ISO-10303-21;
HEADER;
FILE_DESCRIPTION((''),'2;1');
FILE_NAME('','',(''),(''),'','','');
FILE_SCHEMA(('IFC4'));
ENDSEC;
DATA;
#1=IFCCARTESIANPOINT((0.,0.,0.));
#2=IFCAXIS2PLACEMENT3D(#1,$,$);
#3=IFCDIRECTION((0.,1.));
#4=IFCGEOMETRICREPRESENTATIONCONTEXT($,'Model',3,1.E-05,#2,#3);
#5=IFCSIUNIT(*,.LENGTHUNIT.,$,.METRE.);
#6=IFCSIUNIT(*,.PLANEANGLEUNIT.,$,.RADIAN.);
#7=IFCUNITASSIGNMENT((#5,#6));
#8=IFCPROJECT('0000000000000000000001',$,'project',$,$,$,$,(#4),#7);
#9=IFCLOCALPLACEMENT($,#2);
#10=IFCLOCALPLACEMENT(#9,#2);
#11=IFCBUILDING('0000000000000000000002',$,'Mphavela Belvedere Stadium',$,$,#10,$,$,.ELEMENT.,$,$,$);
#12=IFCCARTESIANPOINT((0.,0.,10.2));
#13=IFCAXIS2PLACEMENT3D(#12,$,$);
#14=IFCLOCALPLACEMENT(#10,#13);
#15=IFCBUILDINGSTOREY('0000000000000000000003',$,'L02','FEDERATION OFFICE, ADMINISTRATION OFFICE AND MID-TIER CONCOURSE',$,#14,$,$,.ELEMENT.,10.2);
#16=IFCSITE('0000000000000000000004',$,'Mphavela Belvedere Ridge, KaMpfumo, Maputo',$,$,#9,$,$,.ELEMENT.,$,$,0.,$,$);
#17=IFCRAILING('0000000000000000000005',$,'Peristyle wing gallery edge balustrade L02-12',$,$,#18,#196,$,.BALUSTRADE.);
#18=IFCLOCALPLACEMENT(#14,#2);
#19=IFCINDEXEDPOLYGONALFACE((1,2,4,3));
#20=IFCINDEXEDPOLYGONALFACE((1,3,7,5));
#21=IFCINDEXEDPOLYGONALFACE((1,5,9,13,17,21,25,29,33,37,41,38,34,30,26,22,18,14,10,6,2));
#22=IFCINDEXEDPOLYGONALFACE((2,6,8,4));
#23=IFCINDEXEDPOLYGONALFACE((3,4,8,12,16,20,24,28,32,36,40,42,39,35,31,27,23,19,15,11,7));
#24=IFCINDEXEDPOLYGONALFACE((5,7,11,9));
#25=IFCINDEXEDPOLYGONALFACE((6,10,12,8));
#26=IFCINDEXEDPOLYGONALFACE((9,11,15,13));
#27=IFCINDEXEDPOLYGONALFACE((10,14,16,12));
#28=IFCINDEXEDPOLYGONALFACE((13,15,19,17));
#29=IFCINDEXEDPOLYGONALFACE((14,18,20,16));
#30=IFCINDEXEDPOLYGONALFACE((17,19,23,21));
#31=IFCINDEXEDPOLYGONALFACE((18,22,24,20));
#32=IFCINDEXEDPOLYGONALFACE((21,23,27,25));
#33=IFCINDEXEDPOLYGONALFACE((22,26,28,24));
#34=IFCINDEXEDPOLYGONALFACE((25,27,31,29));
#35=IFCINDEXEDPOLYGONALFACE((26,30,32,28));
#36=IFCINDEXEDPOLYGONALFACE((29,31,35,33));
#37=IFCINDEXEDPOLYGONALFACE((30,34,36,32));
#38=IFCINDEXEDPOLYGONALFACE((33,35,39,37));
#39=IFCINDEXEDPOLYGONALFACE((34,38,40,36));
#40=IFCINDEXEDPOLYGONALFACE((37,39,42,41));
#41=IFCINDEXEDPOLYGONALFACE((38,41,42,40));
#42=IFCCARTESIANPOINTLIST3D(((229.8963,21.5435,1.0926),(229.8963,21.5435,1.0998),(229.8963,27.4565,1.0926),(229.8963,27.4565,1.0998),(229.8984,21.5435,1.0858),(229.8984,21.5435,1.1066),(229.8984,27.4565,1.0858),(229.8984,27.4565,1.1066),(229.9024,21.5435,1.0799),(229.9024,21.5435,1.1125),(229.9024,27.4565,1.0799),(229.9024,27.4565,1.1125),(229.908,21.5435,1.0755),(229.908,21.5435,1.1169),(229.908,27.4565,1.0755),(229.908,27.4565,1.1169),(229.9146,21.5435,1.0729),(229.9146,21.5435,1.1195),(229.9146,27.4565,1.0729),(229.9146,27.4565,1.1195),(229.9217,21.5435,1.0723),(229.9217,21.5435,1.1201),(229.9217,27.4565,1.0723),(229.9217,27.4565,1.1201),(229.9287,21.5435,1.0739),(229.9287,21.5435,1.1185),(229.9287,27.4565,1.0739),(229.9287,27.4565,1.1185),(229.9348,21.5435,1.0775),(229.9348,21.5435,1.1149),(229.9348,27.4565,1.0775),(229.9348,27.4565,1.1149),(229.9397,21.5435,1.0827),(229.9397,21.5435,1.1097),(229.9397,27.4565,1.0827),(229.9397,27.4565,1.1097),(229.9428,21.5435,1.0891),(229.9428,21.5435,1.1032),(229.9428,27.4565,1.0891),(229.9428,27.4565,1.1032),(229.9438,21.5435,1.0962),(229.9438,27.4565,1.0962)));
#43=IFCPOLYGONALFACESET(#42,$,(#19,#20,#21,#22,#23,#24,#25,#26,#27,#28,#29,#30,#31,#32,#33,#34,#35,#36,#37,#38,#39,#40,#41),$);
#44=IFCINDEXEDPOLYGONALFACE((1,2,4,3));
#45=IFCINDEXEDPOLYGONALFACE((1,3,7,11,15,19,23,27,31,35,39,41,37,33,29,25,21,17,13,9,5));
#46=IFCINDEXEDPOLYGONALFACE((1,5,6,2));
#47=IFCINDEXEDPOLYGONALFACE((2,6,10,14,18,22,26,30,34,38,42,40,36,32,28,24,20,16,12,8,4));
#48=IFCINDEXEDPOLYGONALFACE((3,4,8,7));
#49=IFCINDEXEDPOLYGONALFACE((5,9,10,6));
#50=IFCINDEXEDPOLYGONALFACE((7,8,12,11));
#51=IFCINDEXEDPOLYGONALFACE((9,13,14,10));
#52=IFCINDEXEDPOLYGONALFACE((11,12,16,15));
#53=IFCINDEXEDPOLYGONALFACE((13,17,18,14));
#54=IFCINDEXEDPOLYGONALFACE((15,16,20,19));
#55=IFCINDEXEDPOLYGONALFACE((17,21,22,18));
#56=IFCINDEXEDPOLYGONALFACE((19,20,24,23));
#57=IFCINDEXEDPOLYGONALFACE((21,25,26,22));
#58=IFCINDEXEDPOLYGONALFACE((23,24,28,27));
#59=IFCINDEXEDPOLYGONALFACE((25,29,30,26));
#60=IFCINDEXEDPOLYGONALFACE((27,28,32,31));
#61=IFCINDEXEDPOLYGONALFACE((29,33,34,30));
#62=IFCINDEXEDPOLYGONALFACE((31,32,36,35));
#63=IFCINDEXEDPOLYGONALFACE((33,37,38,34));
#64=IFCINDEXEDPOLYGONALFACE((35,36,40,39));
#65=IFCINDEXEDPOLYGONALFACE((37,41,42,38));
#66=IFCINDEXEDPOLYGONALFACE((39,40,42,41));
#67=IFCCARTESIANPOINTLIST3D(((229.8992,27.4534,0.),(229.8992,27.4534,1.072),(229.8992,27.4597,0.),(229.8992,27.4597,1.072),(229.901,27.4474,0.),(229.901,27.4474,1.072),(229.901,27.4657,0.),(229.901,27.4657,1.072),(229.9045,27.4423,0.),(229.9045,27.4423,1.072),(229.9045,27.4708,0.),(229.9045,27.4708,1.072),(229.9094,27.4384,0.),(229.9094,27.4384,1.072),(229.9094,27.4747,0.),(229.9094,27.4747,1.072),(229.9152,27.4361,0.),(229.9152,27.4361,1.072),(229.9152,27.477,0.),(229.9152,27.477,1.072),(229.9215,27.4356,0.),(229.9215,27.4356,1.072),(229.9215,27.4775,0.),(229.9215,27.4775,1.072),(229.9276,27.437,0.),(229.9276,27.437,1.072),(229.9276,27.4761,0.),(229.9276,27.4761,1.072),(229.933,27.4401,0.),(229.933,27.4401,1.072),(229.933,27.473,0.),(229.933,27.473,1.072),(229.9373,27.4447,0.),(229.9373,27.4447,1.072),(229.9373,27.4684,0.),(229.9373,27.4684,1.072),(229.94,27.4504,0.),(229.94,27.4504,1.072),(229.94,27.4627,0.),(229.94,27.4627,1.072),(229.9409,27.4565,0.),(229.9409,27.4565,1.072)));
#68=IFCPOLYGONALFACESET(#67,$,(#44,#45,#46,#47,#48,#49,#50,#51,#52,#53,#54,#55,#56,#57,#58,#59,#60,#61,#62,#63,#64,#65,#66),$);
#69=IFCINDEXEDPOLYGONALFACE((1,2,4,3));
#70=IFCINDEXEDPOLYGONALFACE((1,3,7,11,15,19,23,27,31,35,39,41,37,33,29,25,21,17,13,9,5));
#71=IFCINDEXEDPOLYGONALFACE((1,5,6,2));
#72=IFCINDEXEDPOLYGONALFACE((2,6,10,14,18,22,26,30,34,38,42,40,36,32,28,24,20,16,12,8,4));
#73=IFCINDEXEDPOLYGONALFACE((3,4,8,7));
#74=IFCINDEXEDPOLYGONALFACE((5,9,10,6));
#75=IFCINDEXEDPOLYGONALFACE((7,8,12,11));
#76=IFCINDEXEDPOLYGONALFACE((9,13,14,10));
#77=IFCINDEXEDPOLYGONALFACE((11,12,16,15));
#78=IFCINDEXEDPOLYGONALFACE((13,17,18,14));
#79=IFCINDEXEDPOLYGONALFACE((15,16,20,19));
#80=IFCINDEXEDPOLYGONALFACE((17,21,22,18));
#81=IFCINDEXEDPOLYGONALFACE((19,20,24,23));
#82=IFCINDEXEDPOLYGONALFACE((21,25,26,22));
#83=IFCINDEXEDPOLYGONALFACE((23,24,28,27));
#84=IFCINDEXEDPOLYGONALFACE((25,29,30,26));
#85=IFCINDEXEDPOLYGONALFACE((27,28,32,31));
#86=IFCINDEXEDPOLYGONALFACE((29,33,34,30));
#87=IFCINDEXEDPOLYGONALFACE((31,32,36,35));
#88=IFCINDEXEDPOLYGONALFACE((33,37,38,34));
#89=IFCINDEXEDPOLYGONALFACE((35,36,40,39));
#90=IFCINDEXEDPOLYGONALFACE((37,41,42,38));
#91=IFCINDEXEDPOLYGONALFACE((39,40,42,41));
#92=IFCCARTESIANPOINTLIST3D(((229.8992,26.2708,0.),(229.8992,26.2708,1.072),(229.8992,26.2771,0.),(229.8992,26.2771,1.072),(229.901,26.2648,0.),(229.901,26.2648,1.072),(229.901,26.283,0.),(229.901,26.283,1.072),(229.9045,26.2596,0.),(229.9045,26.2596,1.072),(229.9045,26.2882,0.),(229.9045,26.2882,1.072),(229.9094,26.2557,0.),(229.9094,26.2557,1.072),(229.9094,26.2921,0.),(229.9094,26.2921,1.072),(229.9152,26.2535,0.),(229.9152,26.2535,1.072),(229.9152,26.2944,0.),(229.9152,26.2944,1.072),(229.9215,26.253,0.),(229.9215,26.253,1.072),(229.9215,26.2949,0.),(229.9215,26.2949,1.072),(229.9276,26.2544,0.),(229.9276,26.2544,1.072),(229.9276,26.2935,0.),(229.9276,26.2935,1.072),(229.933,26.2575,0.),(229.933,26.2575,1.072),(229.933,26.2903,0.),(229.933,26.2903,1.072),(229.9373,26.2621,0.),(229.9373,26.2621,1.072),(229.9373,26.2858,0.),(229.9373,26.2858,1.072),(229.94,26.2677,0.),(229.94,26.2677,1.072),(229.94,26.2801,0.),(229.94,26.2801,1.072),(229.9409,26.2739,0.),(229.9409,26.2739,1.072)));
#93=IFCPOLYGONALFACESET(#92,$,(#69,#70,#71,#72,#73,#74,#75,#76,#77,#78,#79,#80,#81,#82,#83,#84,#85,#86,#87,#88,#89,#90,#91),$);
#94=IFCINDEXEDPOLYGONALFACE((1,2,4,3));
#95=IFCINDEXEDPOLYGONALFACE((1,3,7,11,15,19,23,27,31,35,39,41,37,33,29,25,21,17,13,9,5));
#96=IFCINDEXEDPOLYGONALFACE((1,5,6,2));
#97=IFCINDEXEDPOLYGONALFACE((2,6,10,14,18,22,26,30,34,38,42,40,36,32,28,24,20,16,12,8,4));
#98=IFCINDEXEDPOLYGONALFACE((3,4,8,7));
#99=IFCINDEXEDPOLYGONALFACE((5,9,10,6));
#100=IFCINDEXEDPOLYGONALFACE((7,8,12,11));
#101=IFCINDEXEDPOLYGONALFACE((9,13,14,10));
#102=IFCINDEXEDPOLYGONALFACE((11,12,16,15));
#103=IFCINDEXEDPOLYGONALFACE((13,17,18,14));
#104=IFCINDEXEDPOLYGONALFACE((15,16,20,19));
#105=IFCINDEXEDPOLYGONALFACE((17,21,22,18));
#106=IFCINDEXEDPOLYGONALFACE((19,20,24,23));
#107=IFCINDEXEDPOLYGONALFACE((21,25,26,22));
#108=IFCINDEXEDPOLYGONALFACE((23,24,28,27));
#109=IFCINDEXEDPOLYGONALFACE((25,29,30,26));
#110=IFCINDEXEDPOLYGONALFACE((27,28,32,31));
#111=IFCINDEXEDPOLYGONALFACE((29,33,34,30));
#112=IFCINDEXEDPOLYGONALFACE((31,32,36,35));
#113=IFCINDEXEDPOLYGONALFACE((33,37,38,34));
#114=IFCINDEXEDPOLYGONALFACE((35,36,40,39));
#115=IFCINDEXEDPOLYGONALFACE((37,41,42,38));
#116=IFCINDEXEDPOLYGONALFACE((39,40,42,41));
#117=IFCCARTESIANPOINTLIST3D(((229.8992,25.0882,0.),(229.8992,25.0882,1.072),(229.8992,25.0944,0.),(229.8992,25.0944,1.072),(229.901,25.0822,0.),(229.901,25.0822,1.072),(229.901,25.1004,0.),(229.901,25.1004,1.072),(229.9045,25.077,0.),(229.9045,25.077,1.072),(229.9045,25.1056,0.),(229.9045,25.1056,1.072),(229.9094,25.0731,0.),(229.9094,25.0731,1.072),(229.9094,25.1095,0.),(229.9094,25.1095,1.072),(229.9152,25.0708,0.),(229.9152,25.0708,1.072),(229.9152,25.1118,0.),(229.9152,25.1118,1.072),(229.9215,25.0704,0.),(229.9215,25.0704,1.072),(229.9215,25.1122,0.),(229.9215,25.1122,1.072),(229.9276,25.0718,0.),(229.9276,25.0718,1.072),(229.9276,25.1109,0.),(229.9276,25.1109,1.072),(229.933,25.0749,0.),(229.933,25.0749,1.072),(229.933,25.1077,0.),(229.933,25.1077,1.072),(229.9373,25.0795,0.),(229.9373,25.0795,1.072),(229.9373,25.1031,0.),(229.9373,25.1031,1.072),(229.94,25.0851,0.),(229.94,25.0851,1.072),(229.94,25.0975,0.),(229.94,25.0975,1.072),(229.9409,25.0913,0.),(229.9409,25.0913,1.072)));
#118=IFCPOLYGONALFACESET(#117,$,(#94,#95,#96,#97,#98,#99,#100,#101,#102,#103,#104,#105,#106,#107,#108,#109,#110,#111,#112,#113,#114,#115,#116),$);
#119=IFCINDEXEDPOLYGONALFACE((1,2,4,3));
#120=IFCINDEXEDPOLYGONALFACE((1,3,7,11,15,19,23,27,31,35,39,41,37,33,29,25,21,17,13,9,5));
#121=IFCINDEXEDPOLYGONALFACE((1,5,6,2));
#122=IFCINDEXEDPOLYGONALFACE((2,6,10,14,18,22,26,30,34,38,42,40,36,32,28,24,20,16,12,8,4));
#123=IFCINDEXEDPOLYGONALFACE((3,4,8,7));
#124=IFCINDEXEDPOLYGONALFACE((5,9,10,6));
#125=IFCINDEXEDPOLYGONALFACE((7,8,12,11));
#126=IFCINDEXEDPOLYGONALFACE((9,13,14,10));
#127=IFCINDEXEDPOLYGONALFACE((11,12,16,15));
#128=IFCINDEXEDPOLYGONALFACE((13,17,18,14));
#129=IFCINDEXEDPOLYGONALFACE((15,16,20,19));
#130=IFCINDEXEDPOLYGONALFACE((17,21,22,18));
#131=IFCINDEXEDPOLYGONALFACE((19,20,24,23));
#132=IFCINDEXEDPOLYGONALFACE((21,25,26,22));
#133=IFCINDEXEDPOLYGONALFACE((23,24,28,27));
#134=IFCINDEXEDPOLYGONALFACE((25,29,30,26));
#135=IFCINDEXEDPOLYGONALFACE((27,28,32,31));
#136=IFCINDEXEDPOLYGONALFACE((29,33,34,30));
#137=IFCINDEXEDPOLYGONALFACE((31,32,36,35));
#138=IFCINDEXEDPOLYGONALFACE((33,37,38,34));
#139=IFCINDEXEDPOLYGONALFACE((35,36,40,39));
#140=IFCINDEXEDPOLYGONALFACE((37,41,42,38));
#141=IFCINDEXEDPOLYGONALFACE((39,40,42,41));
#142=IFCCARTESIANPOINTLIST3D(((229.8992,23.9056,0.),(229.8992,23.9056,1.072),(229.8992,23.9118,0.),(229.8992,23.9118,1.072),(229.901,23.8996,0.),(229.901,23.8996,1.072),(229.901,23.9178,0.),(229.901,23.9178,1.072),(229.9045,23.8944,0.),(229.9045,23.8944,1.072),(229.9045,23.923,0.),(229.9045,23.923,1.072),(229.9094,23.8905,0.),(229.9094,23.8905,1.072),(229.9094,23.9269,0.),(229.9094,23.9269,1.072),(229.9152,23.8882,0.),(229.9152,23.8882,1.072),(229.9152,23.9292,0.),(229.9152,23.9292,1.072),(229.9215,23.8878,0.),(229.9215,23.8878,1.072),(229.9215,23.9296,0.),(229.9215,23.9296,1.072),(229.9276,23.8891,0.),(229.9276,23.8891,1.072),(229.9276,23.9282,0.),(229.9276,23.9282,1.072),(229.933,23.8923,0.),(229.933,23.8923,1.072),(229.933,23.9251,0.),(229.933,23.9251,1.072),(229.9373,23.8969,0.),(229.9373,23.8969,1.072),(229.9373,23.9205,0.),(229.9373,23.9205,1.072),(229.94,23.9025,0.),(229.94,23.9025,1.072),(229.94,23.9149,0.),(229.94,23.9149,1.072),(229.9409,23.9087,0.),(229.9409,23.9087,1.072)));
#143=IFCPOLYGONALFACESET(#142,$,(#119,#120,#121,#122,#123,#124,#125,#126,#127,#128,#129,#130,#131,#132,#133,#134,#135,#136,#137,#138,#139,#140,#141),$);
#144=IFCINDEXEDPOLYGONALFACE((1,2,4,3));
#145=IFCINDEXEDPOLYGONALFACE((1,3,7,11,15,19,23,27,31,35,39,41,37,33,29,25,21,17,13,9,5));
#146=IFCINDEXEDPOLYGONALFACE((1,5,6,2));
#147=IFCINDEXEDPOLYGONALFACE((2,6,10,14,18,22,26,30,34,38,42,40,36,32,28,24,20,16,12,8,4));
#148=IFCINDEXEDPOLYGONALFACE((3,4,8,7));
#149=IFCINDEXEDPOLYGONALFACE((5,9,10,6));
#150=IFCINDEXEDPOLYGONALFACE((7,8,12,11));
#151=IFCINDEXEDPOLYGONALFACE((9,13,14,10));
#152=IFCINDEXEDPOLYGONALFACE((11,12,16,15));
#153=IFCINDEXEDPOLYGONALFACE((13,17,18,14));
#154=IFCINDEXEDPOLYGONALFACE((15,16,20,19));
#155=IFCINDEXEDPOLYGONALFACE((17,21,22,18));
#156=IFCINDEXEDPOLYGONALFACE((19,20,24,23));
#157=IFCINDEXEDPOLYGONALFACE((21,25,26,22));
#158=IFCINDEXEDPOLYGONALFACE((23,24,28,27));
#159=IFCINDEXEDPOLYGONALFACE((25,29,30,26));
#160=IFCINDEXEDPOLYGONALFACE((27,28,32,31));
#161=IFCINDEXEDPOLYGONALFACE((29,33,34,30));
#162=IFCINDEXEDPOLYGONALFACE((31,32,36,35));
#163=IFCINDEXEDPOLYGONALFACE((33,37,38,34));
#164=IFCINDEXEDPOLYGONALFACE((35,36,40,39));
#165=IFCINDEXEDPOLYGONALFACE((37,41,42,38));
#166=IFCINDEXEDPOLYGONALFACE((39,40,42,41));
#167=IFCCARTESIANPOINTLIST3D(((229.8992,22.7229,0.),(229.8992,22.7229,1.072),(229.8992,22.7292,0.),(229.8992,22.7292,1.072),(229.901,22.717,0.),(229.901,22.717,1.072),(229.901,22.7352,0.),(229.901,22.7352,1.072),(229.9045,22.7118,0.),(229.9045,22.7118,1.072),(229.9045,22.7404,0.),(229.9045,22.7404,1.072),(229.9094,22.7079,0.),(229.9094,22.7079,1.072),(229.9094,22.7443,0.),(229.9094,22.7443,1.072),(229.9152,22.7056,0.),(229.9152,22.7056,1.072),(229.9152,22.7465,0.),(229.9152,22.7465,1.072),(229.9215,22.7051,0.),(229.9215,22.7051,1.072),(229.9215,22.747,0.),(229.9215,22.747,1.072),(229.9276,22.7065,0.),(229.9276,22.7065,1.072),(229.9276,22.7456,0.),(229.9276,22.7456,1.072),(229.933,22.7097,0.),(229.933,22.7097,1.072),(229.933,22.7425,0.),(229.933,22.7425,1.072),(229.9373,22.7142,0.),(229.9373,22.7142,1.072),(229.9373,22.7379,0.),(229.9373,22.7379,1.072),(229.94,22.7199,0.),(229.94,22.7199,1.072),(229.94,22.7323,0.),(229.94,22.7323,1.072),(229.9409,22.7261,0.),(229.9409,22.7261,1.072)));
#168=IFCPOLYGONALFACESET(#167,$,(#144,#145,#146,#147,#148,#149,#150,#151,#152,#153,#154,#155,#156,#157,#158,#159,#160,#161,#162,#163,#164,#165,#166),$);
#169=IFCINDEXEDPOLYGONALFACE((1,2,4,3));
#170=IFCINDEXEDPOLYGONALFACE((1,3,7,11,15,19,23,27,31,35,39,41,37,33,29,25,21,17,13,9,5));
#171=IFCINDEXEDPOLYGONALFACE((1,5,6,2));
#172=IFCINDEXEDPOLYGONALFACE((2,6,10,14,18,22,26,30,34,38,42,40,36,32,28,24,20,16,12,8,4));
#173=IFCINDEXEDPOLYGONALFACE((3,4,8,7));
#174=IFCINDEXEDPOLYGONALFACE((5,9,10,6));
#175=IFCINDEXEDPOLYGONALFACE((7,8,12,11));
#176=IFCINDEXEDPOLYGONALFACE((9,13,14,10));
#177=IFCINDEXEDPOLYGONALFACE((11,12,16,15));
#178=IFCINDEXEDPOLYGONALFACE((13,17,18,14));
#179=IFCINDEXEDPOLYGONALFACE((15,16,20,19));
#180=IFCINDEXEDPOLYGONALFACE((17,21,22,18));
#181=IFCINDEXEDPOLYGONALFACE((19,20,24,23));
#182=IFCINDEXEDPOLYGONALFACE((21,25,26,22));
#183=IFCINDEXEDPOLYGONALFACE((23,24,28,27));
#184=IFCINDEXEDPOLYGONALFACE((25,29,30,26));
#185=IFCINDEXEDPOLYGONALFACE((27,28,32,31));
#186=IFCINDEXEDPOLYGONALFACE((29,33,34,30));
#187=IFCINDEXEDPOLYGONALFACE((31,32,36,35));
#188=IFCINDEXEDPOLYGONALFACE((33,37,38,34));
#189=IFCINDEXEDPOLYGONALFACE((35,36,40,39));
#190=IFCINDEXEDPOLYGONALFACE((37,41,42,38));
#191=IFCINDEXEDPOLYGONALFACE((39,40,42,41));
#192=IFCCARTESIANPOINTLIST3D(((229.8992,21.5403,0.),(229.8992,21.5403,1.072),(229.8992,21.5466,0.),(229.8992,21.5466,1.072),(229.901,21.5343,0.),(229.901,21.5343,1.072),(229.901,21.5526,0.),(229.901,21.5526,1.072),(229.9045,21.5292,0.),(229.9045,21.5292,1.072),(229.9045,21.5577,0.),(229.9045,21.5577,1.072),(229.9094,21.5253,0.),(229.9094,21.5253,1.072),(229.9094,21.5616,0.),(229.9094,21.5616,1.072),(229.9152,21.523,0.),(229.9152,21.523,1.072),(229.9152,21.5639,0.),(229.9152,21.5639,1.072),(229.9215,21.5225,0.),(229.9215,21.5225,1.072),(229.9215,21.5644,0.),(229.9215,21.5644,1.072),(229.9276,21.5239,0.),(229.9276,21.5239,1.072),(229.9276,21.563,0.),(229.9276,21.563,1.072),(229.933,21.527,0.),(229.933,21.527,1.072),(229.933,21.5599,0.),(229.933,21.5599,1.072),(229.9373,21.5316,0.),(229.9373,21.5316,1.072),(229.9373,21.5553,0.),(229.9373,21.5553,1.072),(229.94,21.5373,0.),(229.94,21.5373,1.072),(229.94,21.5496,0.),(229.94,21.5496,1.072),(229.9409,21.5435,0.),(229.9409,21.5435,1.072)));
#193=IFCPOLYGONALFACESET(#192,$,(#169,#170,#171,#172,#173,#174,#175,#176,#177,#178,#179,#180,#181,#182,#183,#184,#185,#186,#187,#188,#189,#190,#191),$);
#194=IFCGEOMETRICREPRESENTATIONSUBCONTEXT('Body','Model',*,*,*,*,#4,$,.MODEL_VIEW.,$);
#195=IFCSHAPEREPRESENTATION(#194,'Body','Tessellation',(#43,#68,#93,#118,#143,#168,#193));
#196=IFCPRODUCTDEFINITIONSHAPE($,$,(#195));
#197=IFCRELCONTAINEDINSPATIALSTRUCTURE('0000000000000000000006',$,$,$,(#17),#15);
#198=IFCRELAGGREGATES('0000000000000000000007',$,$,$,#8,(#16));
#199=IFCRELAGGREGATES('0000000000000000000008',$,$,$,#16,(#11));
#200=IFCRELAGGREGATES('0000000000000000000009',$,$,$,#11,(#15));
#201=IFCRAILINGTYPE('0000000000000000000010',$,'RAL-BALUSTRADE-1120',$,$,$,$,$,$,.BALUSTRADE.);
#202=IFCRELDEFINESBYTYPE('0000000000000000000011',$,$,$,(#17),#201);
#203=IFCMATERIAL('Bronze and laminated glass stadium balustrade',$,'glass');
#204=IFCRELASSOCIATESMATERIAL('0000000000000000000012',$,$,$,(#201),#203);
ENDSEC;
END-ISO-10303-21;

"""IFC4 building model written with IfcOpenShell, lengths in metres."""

from ifc_helpers import new_model, si_unit, direction, frame, origin, origin_2d, place, context, subcontext, project, spatial, circle, extrude, material, type_object, element, save


model = new_model("IFC4")

# Units and contexts
model_context = context("Model", 3, precision=1e-05, world=origin(), true_north=direction((0.0, 1.0)))
body_context = subcontext(model_context, "Body", "Model", "MODEL_VIEW")
ifc_project = project(units=[si_unit("LENGTHUNIT", "METRE"), si_unit("PLANEANGLEUNIT", "RADIAN")], contexts=[model_context])

# Site, building, storey
site_placement = place(None, origin())
site = spatial("IfcSite", under=ifc_project, at=site_placement, Name="Mphavela Belvedere Ridge, KaMpfumo, Maputo", CompositionType="ELEMENT", RefElevation=0.0)
building_placement = place(site_placement, origin())
building = spatial("IfcBuilding", under=site, at=building_placement, Name="Mphavela Belvedere Stadium", CompositionType="ELEMENT")
storey_placement = place(building_placement, frame((0.0, 0.0, 10.2)))
storey = spatial("IfcBuildingStorey", under=building, at=storey_placement, Name="L02", Description="FEDERATION OFFICE, ADMINISTRATION OFFICE AND MID-TIER CONCOURSE", CompositionType="ELEMENT", Elevation=10.2)

# Railing
ifc_material_1 = material(Name="Bronze and laminated glass stadium balustrade", Category="glass")
railing_type = type_object("IfcRailingType", Name="RAL-BALUSTRADE-1120", PredefinedType="BALUSTRADE", material=ifc_material_1)
for number, where, name in (
    (1, (229.9199, 27.4565, 0.0), "Peristyle wing gallery edge balustrade L02-12"),
):
    element("IfcRailing", number, at=place(storey_placement, frame(where)), inside=storey, type_object=railing_type, Name=name, PredefinedType="BALUSTRADE", context=body_context, shape_type="SweptSolid", body=[
        extrude(circle(Radius=0.0239, at=origin_2d()), frame((0.0, 0.0, 1.0962), z_axis=(0.0, -1.0, 0.0), x_axis=(1.0, 0.0, 0.0)), (0.0, 0.0, 1.0), 5.9131),
        extrude(circle(Radius=0.021, at=origin_2d()), origin(), (0.0, 0.0, 1.0), 1.072),
        extrude(circle(Radius=0.021, at=origin_2d()), frame((0.0, -1.1826, 0.0)), (0.0, 0.0, 1.0), 1.072),
        extrude(circle(Radius=0.021, at=origin_2d()), frame((0.0, -2.3652, 0.0)), (0.0, 0.0, 1.0), 1.072),
        extrude(circle(Radius=0.021, at=origin_2d()), frame((0.0, -3.5479, 0.0)), (0.0, 0.0, 1.0), 1.072),
        extrude(circle(Radius=0.021, at=origin_2d()), frame((0.0, -4.7305, 0.0)), (0.0, 0.0, 1.0), 1.072),
        extrude(circle(Radius=0.021, at=origin_2d()), frame((0.0, -5.9131, 0.0)), (0.0, 0.0, 1.0), 1.072),
    ])

save(model, "model.ifc")
